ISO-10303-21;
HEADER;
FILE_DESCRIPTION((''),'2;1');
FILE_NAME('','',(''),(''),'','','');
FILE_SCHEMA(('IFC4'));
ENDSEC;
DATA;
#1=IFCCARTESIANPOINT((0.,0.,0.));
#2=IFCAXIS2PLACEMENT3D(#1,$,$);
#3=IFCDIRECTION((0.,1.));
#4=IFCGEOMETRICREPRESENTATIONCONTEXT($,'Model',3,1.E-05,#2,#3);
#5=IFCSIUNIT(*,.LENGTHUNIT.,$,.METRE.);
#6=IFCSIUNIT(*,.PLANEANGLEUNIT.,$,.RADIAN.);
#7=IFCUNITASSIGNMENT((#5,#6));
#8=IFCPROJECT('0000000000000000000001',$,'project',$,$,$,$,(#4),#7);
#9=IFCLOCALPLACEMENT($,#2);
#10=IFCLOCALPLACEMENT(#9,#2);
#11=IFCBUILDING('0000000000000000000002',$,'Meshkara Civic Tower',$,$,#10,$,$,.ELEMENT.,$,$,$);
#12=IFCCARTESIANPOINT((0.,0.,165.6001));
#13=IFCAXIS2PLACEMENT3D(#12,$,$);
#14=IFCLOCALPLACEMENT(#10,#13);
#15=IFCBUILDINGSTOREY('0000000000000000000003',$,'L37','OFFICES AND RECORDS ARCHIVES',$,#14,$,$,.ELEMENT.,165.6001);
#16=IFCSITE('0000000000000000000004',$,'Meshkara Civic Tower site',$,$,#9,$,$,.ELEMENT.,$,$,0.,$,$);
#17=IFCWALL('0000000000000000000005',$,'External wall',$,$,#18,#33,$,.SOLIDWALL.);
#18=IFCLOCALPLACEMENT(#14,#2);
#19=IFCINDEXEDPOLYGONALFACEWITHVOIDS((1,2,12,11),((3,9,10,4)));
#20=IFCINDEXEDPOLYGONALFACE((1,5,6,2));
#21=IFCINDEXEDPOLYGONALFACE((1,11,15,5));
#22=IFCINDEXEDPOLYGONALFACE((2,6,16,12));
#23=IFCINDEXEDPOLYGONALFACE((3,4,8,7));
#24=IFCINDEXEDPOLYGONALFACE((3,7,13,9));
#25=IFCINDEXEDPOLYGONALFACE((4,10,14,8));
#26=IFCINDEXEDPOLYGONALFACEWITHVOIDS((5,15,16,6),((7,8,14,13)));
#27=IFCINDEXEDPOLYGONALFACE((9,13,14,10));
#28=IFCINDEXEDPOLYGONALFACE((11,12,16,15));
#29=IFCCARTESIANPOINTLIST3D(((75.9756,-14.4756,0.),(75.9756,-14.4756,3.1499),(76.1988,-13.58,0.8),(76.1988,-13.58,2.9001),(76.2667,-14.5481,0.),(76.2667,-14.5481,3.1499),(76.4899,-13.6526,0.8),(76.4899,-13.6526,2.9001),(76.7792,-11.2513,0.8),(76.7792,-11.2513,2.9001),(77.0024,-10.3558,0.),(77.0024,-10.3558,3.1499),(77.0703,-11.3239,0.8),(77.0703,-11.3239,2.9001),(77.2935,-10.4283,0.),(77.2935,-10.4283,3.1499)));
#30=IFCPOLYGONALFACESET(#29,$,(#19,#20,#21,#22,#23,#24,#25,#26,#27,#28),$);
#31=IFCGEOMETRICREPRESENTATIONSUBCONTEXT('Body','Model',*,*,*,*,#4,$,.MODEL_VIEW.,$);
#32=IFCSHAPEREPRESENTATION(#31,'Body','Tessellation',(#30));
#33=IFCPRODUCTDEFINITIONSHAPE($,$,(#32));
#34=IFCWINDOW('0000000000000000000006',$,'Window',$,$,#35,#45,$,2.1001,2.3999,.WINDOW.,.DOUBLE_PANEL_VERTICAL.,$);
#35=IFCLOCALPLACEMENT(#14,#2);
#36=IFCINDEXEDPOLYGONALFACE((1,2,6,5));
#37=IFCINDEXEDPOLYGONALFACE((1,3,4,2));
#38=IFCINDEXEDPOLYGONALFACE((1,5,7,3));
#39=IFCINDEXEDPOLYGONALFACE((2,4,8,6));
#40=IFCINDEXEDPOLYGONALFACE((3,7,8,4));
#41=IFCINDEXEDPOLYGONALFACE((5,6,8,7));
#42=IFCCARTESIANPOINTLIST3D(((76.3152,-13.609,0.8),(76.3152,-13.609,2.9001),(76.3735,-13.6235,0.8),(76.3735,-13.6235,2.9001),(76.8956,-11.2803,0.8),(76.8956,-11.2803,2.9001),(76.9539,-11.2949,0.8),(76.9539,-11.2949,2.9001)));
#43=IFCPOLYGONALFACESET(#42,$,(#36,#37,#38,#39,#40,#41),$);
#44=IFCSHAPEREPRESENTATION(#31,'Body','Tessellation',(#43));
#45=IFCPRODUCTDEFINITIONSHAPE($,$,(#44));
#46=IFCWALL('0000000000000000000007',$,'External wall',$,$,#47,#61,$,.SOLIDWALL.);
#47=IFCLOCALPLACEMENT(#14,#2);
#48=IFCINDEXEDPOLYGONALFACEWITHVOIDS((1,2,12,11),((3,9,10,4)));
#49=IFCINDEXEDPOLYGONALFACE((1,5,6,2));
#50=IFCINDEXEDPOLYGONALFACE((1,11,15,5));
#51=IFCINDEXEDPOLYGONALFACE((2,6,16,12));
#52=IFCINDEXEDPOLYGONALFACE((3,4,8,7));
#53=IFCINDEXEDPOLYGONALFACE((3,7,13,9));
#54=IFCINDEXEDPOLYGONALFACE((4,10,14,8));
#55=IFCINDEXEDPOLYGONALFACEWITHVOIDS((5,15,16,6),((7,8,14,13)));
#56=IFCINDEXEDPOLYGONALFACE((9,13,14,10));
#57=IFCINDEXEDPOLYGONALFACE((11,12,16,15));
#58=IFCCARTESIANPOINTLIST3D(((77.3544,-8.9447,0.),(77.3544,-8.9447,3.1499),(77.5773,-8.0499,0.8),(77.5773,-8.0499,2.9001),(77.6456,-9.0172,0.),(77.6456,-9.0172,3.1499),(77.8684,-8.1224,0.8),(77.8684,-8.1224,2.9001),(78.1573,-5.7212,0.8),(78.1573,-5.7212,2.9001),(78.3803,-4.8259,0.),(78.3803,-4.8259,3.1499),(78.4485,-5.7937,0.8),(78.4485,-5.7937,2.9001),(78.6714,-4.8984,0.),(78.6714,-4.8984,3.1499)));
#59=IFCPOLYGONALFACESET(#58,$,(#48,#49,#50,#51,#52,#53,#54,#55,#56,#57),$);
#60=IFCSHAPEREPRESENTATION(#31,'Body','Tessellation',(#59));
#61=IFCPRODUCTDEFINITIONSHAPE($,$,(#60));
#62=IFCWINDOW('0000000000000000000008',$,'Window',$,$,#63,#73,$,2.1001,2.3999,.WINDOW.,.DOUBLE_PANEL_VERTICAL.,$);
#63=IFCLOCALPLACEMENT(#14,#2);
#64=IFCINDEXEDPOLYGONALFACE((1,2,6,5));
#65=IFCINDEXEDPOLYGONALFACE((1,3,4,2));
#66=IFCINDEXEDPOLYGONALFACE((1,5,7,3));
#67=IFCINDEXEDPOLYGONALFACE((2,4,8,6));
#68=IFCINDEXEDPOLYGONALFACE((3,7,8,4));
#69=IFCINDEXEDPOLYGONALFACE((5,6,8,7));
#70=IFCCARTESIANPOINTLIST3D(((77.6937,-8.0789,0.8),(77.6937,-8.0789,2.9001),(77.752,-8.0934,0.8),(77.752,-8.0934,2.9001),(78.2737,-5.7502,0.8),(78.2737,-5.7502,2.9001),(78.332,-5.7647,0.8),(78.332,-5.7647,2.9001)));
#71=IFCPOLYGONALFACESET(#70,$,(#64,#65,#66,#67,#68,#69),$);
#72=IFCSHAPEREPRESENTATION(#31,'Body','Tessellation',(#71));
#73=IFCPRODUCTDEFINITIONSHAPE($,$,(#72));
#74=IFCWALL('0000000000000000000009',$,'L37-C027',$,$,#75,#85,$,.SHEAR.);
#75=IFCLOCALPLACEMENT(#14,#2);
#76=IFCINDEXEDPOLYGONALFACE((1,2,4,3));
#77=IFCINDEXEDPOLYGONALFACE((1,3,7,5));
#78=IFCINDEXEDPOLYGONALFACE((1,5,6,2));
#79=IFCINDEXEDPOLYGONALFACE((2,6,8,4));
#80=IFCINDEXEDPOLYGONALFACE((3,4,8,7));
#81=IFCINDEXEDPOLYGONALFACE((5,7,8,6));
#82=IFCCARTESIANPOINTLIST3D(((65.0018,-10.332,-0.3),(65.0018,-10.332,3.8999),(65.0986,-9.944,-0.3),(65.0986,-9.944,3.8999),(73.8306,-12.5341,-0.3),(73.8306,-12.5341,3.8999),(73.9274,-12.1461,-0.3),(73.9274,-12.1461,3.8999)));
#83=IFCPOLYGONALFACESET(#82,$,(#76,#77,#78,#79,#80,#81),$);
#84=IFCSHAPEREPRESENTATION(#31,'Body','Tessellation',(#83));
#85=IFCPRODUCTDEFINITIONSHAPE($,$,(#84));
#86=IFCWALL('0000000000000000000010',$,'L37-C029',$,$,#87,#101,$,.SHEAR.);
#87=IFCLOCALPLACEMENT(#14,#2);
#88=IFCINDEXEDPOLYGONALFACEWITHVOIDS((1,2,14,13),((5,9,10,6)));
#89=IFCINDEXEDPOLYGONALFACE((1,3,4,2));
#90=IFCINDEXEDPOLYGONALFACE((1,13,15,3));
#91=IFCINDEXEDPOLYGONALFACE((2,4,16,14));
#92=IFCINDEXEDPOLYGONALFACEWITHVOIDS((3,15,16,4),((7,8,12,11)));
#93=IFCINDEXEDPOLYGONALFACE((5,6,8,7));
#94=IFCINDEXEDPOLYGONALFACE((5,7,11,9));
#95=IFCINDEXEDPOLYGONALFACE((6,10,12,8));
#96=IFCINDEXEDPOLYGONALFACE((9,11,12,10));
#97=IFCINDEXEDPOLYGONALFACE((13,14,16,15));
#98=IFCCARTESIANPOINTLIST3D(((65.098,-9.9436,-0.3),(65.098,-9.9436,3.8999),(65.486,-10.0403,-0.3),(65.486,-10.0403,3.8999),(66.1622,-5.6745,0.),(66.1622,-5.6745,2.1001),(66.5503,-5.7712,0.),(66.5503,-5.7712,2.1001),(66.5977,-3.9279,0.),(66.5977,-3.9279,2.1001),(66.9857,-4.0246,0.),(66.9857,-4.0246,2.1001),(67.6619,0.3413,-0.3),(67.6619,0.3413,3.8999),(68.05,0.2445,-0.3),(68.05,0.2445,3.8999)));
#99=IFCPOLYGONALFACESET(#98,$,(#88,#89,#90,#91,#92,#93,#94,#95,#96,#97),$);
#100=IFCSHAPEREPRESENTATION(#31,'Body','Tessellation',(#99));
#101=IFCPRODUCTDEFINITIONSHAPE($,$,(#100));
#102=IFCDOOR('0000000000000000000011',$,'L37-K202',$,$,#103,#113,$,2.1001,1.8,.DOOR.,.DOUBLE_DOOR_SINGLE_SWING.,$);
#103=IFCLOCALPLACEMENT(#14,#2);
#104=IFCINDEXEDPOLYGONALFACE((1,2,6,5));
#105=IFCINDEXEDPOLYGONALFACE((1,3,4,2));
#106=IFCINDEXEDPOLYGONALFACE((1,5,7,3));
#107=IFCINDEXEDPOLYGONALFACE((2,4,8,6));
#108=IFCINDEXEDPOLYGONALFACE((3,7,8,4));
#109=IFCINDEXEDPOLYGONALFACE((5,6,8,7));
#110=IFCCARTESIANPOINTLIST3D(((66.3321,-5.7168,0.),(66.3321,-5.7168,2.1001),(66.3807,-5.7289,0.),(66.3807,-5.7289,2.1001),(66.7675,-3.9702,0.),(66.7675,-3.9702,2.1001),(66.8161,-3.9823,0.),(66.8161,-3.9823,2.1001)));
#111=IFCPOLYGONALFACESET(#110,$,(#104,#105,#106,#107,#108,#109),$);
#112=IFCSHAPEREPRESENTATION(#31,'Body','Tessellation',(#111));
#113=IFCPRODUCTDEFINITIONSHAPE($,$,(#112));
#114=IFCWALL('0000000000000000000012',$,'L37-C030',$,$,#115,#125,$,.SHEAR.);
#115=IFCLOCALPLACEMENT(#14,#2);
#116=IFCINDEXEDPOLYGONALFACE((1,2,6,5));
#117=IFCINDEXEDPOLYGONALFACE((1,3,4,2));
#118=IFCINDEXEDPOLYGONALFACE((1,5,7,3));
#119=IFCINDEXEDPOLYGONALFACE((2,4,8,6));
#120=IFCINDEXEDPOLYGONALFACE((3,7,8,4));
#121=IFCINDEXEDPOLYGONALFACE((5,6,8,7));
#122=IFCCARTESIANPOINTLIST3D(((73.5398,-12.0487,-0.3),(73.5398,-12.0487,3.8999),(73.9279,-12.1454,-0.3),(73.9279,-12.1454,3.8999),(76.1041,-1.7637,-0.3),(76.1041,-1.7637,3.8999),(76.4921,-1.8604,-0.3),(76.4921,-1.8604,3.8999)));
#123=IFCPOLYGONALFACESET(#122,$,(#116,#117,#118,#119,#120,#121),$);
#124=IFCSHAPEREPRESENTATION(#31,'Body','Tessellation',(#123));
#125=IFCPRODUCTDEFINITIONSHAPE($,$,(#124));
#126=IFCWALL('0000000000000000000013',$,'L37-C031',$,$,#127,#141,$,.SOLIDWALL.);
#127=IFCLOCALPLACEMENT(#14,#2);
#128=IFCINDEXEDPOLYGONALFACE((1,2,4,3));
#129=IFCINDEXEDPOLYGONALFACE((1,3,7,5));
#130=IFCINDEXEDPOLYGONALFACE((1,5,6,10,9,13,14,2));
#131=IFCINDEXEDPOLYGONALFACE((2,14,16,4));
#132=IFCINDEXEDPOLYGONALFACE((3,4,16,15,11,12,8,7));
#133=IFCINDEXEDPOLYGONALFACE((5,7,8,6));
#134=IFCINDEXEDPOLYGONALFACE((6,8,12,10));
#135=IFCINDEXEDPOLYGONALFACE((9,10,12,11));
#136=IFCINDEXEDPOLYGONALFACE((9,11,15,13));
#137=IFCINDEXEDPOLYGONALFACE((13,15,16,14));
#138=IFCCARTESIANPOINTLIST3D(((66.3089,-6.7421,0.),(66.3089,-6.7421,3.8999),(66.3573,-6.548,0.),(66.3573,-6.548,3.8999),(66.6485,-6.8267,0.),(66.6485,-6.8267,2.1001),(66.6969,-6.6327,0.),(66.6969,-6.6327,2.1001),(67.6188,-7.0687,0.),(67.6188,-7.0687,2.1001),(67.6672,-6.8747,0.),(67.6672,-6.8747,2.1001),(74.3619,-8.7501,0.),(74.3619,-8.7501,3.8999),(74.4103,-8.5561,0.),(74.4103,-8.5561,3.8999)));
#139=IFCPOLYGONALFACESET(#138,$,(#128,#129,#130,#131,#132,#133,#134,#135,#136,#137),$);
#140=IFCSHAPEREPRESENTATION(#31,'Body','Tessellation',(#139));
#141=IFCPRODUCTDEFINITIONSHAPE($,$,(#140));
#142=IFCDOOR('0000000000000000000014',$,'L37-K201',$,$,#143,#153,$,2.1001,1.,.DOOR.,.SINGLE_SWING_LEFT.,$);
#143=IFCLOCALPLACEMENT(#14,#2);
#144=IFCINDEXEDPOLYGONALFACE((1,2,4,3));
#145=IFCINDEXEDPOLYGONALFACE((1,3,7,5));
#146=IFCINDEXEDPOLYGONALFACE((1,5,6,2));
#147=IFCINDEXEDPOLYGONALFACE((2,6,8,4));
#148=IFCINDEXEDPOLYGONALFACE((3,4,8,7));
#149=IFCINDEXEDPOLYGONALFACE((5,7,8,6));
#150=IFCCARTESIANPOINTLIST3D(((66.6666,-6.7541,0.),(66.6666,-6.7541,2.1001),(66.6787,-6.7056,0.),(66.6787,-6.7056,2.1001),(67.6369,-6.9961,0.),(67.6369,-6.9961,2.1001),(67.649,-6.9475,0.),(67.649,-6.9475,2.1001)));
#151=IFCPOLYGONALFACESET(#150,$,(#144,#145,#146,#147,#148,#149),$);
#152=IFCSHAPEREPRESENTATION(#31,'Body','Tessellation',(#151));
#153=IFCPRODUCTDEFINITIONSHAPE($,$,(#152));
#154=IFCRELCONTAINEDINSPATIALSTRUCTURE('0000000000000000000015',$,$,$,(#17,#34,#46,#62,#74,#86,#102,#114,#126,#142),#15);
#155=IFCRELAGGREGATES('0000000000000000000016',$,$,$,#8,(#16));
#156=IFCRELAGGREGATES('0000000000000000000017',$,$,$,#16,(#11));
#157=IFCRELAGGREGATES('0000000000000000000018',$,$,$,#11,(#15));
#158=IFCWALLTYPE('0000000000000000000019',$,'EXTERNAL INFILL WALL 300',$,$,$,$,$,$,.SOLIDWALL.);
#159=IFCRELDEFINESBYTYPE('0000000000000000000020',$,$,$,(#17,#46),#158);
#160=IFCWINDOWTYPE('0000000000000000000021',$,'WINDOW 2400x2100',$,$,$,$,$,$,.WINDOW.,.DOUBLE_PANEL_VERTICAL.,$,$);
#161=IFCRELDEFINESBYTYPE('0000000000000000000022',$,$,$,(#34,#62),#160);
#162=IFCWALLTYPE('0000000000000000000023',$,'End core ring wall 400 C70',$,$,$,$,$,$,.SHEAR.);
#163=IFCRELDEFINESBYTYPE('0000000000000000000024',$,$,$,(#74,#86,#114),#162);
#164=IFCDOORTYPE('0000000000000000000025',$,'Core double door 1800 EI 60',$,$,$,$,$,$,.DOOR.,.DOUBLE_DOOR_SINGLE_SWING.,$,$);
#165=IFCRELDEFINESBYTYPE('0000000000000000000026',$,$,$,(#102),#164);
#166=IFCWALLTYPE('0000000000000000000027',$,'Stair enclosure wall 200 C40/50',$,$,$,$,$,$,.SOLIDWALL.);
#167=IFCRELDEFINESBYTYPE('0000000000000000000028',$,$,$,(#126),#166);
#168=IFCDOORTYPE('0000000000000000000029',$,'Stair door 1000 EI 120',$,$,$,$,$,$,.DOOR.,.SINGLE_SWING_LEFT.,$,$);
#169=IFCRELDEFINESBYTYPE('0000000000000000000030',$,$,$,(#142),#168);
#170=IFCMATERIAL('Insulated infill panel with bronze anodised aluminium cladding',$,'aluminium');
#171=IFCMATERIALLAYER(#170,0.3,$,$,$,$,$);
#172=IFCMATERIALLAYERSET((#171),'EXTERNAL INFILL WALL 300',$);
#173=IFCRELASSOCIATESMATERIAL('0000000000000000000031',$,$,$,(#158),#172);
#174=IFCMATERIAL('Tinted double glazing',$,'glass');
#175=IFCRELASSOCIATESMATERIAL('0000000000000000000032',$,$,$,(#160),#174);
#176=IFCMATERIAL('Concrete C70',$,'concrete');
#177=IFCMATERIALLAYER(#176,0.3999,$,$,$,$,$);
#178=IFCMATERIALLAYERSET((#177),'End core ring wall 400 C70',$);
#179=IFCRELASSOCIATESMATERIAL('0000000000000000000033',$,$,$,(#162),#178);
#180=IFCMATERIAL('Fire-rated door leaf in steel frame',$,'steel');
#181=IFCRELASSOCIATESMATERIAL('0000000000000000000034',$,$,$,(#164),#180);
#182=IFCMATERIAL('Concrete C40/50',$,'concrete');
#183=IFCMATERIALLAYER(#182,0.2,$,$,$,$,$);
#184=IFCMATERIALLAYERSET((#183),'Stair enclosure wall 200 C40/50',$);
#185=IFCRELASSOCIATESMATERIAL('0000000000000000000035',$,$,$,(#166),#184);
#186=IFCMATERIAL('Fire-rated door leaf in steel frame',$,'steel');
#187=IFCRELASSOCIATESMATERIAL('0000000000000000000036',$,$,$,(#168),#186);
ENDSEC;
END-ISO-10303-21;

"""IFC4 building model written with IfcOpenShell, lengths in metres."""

from ifc_helpers import new_model, si_unit, direction, frame, frame_2d, origin, place, context, subcontext, project, spatial, rectangle, extrude, material, layer, layer_set, type_object, element, fill, save


model = new_model("IFC4")

# Units and contexts
model_context = context("Model", 3, precision=1e-05, world=origin(), true_north=direction((0.0, 1.0)))
body_context = subcontext(model_context, "Body", "Model", "MODEL_VIEW")
ifc_project = project(units=[si_unit("LENGTHUNIT", "METRE"), si_unit("PLANEANGLEUNIT", "RADIAN")], contexts=[model_context])

# Site, building, storey
site_placement = place(None, origin())
site = spatial("IfcSite", under=ifc_project, at=site_placement, Name="Meshkara Civic Tower site", CompositionType="ELEMENT", RefElevation=0.0)
building_placement = place(site_placement, origin())
building = spatial("IfcBuilding", under=site, at=building_placement, Name="Meshkara Civic Tower", CompositionType="ELEMENT")
storey_placement = place(building_placement, frame((0.0, 0.0, 165.6001)))
storey = spatial("IfcBuildingStorey", under=building, at=storey_placement, Name="L37", Description="OFFICES AND RECORDS ARCHIVES", CompositionType="ELEMENT", Elevation=165.6001)

# Walls, openings, windows
ifc_material_1 = material(Name="Insulated infill panel with bronze anodised aluminium cladding", Category="aluminium")
ifc_layer_1 = layer(ifc_material_1, 0.3)
ifc_layer_set_1 = layer_set([ifc_layer_1], Name="EXTERNAL INFILL WALL 300")
wall_type_1 = type_object("IfcWallType", Name="EXTERNAL INFILL WALL 300", PredefinedType="SOLIDWALL", material=ifc_layer_set_1)
ifc_material_2 = material(Name="Tinted double glazing", Category="glass")
window_type_1 = type_object("IfcWindowType", Name="WINDOW 2400x2100", PartitioningType="DOUBLE_PANEL_VERTICAL", PredefinedType="WINDOW", material=ifc_material_2)
wall_1_placement = place(storey_placement, frame((76.1211, -14.512, 0.0), z_axis=(0.0, 0.0, 1.0), x_axis=(0.241846, 0.970315, 0.0)))
wall_1 = element("IfcWall", 1, at=wall_1_placement, inside=storey, type_object=wall_type_1, Name="External wall", PredefinedType="SOLIDWALL", context=body_context, shape_type="SweptSolid", body=[
    extrude(rectangle(XDim=4.2458, YDim=0.3, at=frame_2d((2.123, 0.0))), origin(), (0.0, 0.0, 1.0), 3.1499),
])
opening_1_placement = place(wall_1_placement, frame((0.9231, 0.0, 0.8)))
opening_1 = element("IfcOpeningElement", 2, at=opening_1_placement, cuts=wall_1, PredefinedType="OPENING", context=body_context, shape_type="SweptSolid", body=[
    extrude(rectangle(XDim=2.3999, YDim=2.1001, at=frame_2d((1.2, 1.05))), frame((0.0, 0.1599, 0.0), z_axis=(0.0, -1.0, 0.0), x_axis=(1.0, 0.0, 0.0)), (0.0, 0.0, 1.0), 0.3201),
])
window_1_placement = place(opening_1_placement, origin())
window_1 = element("IfcWindow", 3, at=window_1_placement, inside=storey, type_object=window_type_1, Name="Window", OverallHeight=2.1001, OverallWidth=2.3999, PartitioningType="DOUBLE_PANEL_VERTICAL", PredefinedType="WINDOW", context=body_context, shape_type="SweptSolid", body=[
    extrude(rectangle(XDim=2.3999, YDim=2.1001, at=frame_2d((1.2, 1.05))), frame((0.0, 0.03, 0.0), z_axis=(0.0, -1.0, 0.0), x_axis=(1.0, 0.0, 0.0)), (0.0, 0.0, 1.0), 0.0601),
])
fill(opening_1, window_1)
wall_2_placement = place(storey_placement, frame((77.5, -8.981, 0.0), z_axis=(0.0, 0.0, 1.0), x_axis=(0.241683, 0.970355, 0.0)))
wall_2 = element("IfcWall", 4, at=wall_2_placement, inside=storey, type_object=wall_type_1, Name="External wall", PredefinedType="SOLIDWALL", context=body_context, shape_type="SweptSolid", body=[
    extrude(rectangle(XDim=4.2446, YDim=0.3, at=frame_2d((2.1223, 0.0))), origin(), (0.0, 0.0, 1.0), 3.1499),
])
opening_2_placement = place(wall_2_placement, frame((0.9221, 0.0, 0.8)))
opening_2 = element("IfcOpeningElement", 5, at=opening_2_placement, cuts=wall_2, PredefinedType="OPENING", context=body_context, shape_type="SweptSolid", body=[
    extrude(rectangle(XDim=2.3999, YDim=2.1001, at=frame_2d((1.2, 1.05))), frame((0.0, 0.1599, 0.0), z_axis=(0.0, -1.0, 0.0), x_axis=(1.0, 0.0, 0.0)), (0.0, 0.0, 1.0), 0.3201),
])
window_2_placement = place(opening_2_placement, origin())
window_2 = element("IfcWindow", 6, at=window_2_placement, inside=storey, type_object=window_type_1, Name="Window", OverallHeight=2.1001, OverallWidth=2.3999, PartitioningType="DOUBLE_PANEL_VERTICAL", PredefinedType="WINDOW", context=body_context, shape_type="SweptSolid", body=[
    extrude(rectangle(XDim=2.3999, YDim=2.1001, at=frame_2d((1.2, 1.05))), frame((0.0, 0.03, 0.0), z_axis=(0.0, -1.0, 0.0), x_axis=(1.0, 0.0, 0.0)), (0.0, 0.0, 1.0), 0.0601),
])
fill(opening_2, window_2)

# Wall
ifc_material_3 = material(Name="Concrete C70", Category="concrete")
ifc_layer_2 = layer(ifc_material_3, 0.3999)
ifc_layer_set_2 = layer_set([ifc_layer_2], Name="End core ring wall 400 C70")
wall_type_2 = type_object("IfcWallType", Name="End core ring wall 400 C70", PredefinedType="SHEAR", material=ifc_layer_set_2)
wall_3_placement = place(storey_placement, frame((65.05, -10.1379, -0.3), z_axis=(0.0, 0.0, 1.0), x_axis=(0.970273, -0.242012, 0.0)))
element("IfcWall", 7, at=wall_3_placement, inside=storey, type_object=wall_type_2, Name="L37-C027", PredefinedType="SHEAR", context=body_context, shape_type="SweptSolid", body=[
    extrude(rectangle(XDim=9.0994, YDim=0.3999, at=frame_2d((4.5498, 0.0))), origin(), (0.0, 0.0, 1.0), 4.2),
])

# Wall, opening, door
wall_4_placement = place(storey_placement, frame((65.292, -9.9919, -0.3), z_axis=(0.0, 0.0, 1.0), x_axis=(0.241891, 0.970304, 0.0)))
wall_4 = element("IfcWall", 8, at=wall_4_placement, inside=storey, type_object=wall_type_2, Name="L37-C029", PredefinedType="SHEAR", context=body_context, shape_type="SweptSolid", body=[
    extrude(rectangle(XDim=10.5996, YDim=0.3999, at=frame_2d((5.2998, 0.0))), origin(), (0.0, 0.0, 1.0), 4.2),
])
opening_3_placement = place(wall_4_placement, frame((4.3999, 0.0, 0.3)))
opening_3 = element("IfcOpeningElement", 9, at=opening_3_placement, cuts=wall_4, PredefinedType="OPENING", context=body_context, shape_type="SweptSolid", body=[
    extrude(rectangle(XDim=1.8, YDim=2.1001, at=frame_2d((0.8999, 1.05))), frame((0.0, 0.21, 0.0), z_axis=(0.0, -1.0, 0.0), x_axis=(1.0, 0.0, 0.0)), (0.0, 0.0, 1.0), 0.4199),
])
ifc_material_4 = material(Name="Fire-rated door leaf in steel frame", Category="steel")
door_type_1 = type_object("IfcDoorType", Name="Core double door 1800 EI 60", OperationType="DOUBLE_DOOR_SINGLE_SWING", PredefinedType="DOOR", material=ifc_material_4)
door_1_placement = place(opening_3_placement, origin())
door_1 = element("IfcDoor", 10, at=door_1_placement, inside=storey, type_object=door_type_1, Name="L37-K202", OperationType="DOUBLE_DOOR_SINGLE_SWING", OverallHeight=2.1001, OverallWidth=1.8, PredefinedType="DOOR", context=body_context, shape_type="SweptSolid", body=[
    extrude(rectangle(XDim=1.8, YDim=2.1001, at=frame_2d((0.8999, 1.05))), frame((0.0, 0.0249, 0.0), z_axis=(0.0, -1.0, 0.0), x_axis=(1.0, 0.0, 0.0)), (0.0, 0.0, 1.0), 0.05),
])
fill(opening_3, door_1)

# Wall
wall_5_placement = place(storey_placement, frame((73.7339, -12.0969, -0.3), z_axis=(0.0, 0.0, 1.0), x_axis=(0.241912, 0.970298, 0.0)))
element("IfcWall", 11, at=wall_5_placement, inside=storey, type_object=wall_type_2, Name="L37-C030", PredefinedType="SHEAR", context=body_context, shape_type="SweptSolid", body=[
    extrude(rectangle(XDim=10.5999, YDim=0.3999, at=frame_2d((5.2998, 0.0))), origin(), (0.0, 0.0, 1.0), 4.2),
])

# Wall, opening, door
ifc_material_5 = material(Name="Concrete C40/50", Category="concrete")
ifc_layer_3 = layer(ifc_material_5, 0.2)
ifc_layer_set_3 = layer_set([ifc_layer_3], Name="Stair enclosure wall 200 C40/50")
wall_type_3 = type_object("IfcWallType", Name="Stair enclosure wall 200 C40/50", PredefinedType="SOLIDWALL", material=ifc_layer_set_3)
wall_6_placement = place(storey_placement, frame((66.333, -6.645, 0.0), z_axis=(0.0, 0.0, 1.0), x_axis=(0.970289, -0.241947, 0.0)))
wall_6 = element("IfcWall", 12, at=wall_6_placement, inside=storey, type_object=wall_type_3, Name="L37-C031", PredefinedType="SOLIDWALL", context=body_context, shape_type="SweptSolid", body=[
    extrude(rectangle(XDim=8.2996, YDim=0.2, at=frame_2d((4.1499, 0.0))), origin(), (0.0, 0.0, 1.0), 3.8999),
])
opening_4_placement = place(wall_6_placement, frame((0.3501, 0.0, 0.0)))
opening_4 = element("IfcOpeningElement", 13, at=opening_4_placement, cuts=wall_6, PredefinedType="OPENING", context=body_context, shape_type="SweptSolid", body=[
    extrude(rectangle(XDim=1.0, YDim=2.1001, at=frame_2d((0.5, 1.05))), frame((0.0, 0.1099, 0.0), z_axis=(0.0, -1.0, 0.0), x_axis=(1.0, 0.0, 0.0)), (0.0, 0.0, 1.0), 0.22),
])
ifc_material_6 = material(Name="Fire-rated door leaf in steel frame", Category="steel")
door_type_2 = type_object("IfcDoorType", Name="Stair door 1000 EI 120", OperationType="SINGLE_SWING_LEFT", PredefinedType="DOOR", material=ifc_material_6)
door_2_placement = place(opening_4_placement, origin())
door_2 = element("IfcDoor", 14, at=door_2_placement, inside=storey, type_object=door_type_2, Name="L37-K201", OperationType="SINGLE_SWING_LEFT", OverallHeight=2.1001, OverallWidth=1.0, PredefinedType="DOOR", context=body_context, shape_type="SweptSolid", body=[
    extrude(rectangle(XDim=1.0, YDim=2.1001, at=frame_2d((0.5, 1.05))), frame((0.0, 0.0249, 0.0), z_axis=(0.0, -1.0, 0.0), x_axis=(1.0, 0.0, 0.0)), (0.0, 0.0, 1.0), 0.05),
])
fill(opening_4, door_2)

save(model, "model.ifc")
